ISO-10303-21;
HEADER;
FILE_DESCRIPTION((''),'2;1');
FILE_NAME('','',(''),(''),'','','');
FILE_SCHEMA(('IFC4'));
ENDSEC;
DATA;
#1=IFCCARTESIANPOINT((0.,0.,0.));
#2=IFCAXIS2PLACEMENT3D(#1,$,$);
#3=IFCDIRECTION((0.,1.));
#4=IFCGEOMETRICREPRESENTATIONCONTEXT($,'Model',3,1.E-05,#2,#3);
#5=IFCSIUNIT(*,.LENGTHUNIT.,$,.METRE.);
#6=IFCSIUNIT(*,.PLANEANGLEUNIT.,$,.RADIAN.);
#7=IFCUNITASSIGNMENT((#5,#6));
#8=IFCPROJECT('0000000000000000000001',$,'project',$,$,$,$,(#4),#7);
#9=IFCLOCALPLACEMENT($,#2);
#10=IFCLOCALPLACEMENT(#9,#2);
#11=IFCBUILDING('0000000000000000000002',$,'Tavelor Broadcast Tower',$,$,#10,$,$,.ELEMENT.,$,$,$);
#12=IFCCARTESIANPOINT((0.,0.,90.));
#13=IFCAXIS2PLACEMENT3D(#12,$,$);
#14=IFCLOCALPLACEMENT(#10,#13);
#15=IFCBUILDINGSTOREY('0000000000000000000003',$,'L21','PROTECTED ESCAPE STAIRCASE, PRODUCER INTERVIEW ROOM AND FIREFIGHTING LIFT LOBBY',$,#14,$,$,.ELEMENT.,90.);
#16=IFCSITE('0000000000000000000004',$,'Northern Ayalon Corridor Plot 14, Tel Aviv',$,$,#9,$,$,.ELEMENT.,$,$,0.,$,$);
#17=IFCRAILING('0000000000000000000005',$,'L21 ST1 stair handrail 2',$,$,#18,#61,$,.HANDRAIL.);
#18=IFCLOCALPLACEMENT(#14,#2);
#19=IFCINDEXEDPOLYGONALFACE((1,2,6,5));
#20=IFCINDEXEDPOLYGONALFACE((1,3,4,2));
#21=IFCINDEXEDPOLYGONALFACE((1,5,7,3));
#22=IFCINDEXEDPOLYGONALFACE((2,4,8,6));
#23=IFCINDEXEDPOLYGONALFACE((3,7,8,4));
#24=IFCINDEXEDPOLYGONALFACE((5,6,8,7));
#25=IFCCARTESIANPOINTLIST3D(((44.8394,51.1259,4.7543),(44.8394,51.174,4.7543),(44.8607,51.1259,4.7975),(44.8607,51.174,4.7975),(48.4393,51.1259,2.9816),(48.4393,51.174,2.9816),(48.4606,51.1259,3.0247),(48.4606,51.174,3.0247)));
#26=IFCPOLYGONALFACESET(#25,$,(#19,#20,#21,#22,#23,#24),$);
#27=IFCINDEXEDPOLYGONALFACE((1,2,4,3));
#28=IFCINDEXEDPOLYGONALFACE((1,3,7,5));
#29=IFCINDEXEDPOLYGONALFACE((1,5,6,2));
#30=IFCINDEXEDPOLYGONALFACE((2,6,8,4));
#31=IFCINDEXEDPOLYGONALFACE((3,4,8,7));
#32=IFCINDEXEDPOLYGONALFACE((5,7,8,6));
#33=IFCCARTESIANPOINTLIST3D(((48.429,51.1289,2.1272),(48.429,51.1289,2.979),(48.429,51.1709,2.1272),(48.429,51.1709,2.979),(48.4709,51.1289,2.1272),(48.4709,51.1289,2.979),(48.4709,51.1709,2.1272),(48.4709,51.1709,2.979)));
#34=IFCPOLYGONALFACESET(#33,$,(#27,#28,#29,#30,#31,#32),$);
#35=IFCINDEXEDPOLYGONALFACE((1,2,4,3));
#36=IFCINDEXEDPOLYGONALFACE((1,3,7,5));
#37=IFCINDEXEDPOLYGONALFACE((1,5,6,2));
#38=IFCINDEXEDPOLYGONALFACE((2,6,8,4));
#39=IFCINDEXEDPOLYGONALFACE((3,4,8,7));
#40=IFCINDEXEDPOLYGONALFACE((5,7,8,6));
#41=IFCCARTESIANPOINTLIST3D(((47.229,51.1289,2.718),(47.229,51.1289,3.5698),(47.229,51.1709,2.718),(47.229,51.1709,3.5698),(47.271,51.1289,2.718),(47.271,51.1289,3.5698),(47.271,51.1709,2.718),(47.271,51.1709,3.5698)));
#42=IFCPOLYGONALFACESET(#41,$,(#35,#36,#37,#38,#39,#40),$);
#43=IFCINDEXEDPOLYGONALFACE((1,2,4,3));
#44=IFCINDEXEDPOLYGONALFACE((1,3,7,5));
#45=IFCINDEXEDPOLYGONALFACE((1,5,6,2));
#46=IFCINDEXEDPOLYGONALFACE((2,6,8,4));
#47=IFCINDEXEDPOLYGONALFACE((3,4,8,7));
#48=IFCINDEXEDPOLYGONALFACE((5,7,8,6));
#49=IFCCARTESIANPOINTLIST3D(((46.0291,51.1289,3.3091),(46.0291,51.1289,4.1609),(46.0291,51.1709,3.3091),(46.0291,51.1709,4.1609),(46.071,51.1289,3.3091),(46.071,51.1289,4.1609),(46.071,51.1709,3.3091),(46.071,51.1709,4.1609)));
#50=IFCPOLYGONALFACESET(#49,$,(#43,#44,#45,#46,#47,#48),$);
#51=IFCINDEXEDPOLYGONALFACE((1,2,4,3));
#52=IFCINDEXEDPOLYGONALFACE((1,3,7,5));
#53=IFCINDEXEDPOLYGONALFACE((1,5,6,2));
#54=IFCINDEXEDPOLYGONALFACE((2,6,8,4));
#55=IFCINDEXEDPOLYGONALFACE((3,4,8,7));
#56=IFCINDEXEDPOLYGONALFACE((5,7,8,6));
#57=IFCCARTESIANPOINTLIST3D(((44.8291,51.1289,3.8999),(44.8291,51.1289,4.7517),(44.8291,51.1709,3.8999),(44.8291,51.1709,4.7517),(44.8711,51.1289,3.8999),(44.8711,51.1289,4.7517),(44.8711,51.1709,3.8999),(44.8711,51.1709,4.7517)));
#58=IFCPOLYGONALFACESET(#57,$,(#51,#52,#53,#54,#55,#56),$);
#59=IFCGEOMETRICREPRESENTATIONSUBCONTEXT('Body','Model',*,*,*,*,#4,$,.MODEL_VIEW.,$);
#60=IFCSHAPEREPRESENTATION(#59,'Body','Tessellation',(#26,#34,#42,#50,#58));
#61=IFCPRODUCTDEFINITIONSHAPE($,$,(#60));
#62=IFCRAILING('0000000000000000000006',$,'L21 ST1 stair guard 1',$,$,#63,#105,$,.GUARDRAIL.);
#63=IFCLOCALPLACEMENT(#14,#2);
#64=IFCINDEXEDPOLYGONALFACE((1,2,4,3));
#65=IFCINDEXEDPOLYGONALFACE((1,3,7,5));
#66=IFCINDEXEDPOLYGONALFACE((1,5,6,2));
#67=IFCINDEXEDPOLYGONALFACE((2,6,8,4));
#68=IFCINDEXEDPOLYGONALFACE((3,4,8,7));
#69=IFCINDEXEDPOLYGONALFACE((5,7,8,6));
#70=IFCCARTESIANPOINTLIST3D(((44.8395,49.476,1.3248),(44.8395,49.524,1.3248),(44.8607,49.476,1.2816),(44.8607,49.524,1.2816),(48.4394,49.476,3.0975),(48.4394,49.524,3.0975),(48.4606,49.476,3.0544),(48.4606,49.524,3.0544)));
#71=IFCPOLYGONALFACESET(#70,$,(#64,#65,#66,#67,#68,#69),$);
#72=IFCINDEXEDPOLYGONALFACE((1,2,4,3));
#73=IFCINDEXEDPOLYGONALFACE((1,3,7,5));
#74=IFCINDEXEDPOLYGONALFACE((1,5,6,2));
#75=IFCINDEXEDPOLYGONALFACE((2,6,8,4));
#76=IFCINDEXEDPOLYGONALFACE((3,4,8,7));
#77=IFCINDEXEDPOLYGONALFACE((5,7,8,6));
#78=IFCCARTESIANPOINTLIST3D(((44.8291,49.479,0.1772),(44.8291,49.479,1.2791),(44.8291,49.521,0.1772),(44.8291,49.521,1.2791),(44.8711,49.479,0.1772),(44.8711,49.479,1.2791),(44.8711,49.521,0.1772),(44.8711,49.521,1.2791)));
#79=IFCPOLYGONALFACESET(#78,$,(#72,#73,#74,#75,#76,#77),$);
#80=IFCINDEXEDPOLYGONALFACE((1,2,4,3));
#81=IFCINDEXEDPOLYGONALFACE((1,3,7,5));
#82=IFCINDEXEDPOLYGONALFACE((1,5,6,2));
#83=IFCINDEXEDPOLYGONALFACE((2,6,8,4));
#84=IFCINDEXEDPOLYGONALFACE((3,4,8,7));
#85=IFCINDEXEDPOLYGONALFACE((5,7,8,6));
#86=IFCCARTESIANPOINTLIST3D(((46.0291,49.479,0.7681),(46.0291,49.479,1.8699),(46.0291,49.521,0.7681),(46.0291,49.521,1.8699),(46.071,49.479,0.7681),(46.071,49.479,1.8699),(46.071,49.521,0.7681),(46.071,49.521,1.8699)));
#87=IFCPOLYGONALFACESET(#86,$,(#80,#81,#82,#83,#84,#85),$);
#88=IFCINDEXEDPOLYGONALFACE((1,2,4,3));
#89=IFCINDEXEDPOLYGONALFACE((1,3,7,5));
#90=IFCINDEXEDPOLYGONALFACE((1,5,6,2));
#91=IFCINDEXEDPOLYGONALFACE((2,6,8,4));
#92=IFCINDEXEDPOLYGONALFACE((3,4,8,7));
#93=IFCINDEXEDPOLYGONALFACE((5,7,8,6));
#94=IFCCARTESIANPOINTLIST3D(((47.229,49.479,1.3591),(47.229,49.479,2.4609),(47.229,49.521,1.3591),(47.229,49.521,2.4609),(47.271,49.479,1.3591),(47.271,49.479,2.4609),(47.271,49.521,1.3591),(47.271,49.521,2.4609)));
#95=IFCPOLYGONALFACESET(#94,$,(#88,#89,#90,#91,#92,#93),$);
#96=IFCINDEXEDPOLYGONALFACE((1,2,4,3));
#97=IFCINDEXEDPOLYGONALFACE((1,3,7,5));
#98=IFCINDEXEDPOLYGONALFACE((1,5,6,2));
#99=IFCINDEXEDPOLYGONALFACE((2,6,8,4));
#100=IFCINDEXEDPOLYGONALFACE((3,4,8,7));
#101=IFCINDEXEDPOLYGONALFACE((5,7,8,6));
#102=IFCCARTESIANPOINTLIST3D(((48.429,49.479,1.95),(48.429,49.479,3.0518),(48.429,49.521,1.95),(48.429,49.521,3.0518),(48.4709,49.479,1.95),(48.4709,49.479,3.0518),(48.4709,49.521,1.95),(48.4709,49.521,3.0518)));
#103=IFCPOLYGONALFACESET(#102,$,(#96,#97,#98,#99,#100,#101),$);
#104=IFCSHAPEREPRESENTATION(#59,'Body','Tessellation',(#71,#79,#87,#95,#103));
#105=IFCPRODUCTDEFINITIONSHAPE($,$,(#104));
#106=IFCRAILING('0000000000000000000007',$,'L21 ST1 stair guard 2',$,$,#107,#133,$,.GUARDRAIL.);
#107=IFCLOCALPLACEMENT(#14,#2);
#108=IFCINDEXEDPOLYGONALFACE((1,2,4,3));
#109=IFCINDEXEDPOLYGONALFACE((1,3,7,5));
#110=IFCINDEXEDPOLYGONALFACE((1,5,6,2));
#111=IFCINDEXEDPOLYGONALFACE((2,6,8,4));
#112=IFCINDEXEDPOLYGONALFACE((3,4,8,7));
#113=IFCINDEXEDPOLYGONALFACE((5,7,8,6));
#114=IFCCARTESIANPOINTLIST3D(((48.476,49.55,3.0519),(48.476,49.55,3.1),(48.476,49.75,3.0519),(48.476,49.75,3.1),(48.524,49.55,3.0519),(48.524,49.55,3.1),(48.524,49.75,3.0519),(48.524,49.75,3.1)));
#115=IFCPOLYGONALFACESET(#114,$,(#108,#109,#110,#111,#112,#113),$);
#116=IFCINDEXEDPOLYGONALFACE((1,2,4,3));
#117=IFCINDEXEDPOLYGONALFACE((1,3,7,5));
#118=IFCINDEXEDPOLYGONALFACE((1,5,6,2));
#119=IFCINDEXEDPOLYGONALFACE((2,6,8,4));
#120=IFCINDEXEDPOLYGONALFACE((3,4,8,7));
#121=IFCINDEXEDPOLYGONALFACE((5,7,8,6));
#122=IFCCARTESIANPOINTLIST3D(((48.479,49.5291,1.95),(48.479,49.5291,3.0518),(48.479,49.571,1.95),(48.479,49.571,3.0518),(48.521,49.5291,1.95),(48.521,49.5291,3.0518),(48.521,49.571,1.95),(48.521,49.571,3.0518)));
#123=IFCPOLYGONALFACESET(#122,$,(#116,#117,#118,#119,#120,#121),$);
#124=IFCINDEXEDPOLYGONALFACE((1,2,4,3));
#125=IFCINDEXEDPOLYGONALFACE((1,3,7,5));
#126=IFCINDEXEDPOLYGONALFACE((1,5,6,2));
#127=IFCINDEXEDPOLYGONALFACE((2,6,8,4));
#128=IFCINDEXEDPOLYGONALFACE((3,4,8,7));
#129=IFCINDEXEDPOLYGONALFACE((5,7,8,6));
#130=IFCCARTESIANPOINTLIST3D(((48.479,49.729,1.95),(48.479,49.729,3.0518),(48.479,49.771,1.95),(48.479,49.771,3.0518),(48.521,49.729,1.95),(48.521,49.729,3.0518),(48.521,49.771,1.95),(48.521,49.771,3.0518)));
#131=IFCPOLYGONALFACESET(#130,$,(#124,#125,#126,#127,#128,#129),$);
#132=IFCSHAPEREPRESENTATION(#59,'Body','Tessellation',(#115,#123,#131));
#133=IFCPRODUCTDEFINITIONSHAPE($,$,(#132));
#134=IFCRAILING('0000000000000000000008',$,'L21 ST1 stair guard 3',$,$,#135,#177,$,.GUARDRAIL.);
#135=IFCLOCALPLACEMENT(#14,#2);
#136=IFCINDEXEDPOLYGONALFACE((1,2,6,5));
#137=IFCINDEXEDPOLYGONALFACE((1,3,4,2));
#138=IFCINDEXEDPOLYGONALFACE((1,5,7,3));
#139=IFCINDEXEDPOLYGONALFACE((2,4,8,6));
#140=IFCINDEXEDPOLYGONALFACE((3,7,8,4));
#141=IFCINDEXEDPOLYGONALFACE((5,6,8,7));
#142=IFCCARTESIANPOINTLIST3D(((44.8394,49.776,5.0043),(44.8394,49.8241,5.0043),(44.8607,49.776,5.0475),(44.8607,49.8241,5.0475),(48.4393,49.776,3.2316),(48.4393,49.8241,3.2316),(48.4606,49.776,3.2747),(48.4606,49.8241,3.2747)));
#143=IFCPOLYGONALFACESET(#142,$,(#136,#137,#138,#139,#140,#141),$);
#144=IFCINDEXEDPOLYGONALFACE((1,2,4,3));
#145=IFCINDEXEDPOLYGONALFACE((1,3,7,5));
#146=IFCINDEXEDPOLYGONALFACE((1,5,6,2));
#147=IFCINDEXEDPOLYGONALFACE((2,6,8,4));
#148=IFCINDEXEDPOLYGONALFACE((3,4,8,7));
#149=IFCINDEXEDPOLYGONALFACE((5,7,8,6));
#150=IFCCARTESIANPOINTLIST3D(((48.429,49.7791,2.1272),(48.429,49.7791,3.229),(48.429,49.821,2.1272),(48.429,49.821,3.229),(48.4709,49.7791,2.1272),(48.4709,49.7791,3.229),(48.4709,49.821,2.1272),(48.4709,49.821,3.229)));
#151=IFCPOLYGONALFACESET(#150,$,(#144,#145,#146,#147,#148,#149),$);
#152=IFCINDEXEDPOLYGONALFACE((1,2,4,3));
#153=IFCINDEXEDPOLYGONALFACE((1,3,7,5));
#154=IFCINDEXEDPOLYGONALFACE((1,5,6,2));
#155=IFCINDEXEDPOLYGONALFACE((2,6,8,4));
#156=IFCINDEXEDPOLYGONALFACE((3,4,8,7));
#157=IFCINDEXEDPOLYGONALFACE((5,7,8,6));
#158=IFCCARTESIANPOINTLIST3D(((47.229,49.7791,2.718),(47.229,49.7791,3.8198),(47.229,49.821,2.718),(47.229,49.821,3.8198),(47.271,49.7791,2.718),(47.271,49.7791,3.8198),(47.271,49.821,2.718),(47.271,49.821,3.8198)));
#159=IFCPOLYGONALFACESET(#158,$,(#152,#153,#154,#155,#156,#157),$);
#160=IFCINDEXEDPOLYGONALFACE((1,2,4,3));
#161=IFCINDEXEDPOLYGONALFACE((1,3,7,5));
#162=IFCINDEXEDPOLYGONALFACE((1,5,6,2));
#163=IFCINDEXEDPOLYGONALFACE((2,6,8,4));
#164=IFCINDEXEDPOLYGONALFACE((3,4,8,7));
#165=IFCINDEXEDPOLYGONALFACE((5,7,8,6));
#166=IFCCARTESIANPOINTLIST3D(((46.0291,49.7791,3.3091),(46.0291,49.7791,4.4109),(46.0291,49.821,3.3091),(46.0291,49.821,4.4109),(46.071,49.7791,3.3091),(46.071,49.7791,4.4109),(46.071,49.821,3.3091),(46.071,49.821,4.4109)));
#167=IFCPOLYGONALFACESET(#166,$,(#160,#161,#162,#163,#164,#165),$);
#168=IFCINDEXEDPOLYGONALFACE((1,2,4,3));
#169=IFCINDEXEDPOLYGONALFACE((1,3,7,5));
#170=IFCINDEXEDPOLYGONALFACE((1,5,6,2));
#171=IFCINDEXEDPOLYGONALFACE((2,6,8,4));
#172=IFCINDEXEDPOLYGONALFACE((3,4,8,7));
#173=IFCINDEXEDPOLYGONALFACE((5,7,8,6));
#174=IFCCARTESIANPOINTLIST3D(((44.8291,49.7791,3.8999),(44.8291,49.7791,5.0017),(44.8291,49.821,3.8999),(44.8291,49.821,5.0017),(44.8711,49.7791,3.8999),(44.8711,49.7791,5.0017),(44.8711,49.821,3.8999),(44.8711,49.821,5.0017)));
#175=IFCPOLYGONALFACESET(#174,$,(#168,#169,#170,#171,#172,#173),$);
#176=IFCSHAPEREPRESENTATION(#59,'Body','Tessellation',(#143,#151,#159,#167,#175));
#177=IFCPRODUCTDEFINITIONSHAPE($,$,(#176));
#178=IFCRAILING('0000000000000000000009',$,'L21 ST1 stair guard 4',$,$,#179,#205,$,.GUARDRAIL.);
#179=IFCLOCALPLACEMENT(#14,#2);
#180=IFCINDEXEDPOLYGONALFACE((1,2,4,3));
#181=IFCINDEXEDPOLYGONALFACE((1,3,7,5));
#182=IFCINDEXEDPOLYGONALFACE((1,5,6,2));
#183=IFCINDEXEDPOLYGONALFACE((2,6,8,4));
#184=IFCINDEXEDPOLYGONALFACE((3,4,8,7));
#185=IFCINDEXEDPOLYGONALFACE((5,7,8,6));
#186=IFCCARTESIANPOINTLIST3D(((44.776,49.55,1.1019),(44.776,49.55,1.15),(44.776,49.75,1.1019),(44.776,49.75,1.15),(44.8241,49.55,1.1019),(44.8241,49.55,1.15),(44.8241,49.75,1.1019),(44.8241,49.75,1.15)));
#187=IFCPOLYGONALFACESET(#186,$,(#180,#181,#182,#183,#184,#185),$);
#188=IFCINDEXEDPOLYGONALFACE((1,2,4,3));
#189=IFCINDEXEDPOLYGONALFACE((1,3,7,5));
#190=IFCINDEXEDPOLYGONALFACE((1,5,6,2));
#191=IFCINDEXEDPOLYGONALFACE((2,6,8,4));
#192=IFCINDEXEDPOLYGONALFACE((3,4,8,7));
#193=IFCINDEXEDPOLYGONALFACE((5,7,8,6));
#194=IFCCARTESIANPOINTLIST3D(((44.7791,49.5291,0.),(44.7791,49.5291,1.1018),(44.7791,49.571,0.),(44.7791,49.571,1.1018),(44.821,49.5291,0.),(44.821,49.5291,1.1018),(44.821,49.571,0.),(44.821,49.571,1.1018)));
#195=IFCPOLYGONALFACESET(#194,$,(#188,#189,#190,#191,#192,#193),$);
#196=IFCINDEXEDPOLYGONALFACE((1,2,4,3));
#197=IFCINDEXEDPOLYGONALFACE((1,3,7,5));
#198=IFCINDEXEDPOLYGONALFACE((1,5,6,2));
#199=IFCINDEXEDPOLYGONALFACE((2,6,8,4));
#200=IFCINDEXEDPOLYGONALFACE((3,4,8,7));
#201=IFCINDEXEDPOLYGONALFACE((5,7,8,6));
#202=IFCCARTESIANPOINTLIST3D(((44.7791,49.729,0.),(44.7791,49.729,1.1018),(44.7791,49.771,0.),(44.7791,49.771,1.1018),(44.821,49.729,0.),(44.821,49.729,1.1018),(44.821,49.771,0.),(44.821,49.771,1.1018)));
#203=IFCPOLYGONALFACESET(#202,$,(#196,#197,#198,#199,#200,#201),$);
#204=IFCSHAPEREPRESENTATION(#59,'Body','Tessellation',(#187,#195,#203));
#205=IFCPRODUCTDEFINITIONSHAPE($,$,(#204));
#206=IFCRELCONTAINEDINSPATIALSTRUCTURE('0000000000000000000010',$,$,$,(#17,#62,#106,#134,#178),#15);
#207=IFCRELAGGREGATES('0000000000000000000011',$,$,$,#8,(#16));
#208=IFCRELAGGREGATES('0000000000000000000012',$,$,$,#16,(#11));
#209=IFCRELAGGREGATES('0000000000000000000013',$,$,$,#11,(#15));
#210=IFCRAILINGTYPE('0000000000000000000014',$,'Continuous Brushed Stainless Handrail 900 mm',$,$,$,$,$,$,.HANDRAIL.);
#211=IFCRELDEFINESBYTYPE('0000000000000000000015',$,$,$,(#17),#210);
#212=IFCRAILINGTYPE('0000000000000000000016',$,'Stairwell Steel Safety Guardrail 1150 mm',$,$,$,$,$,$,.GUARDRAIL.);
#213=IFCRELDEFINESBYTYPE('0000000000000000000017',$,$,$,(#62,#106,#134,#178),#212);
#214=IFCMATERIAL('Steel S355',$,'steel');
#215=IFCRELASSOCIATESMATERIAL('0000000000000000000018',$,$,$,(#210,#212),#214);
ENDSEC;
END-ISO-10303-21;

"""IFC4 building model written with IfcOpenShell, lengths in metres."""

from ifc_helpers import new_model, si_unit, direction, frame, origin, origin_2d, place, context, subcontext, project, spatial, rectangle, extrude, material, type_object, element, save


model = new_model("IFC4")

# Units and contexts
model_context = context("Model", 3, precision=1e-05, world=origin(), true_north=direction((0.0, 1.0)))
body_context = subcontext(model_context, "Body", "Model", "MODEL_VIEW")
ifc_project = project(units=[si_unit("LENGTHUNIT", "METRE"), si_unit("PLANEANGLEUNIT", "RADIAN")], contexts=[model_context])

# Site, building, storey
site_placement = place(None, origin())
site = spatial("IfcSite", under=ifc_project, at=site_placement, Name="Northern Ayalon Corridor Plot 14, Tel Aviv", CompositionType="ELEMENT", RefElevation=0.0)
building_placement = place(site_placement, origin())
building = spatial("IfcBuilding", under=site, at=building_placement, Name="Tavelor Broadcast Tower", CompositionType="ELEMENT")
storey_placement = place(building_placement, frame((0.0, 0.0, 90.0)))
storey = spatial("IfcBuildingStorey", under=building, at=storey_placement, Name="L21", Description="PROTECTED ESCAPE STAIRCASE, PRODUCER INTERVIEW ROOM AND FIREFIGHTING LIFT LOBBY", CompositionType="ELEMENT", Elevation=90.0)

# Shared definitions
ifc_material_1 = material(Name="Steel S355", Category="steel")

# Railings
railing_type_1 = type_object("IfcRailingType", Name="Continuous Brushed Stainless Handrail 900 mm", PredefinedType="HANDRAIL", material=ifc_material_1)
railing_1_placement = place(storey_placement, frame((48.45, 51.1499, 2.1272)))
element("IfcRailing", 1, at=railing_1_placement, inside=storey, type_object=railing_type_1, Name="L21 ST1 stair handrail 2", PredefinedType="HANDRAIL", context=body_context, shape_type="SweptSolid", body=[
    extrude(rectangle(XDim=0.0481, YDim=0.0481, at=origin_2d()), frame((0.0, 0.0, 0.876), z_axis=(-0.897124, 0.0, 0.441778), x_axis=(0.0, -1.0, 0.0)), (0.0, 0.0, 1.0), 4.0127),
    extrude(rectangle(XDim=0.042, YDim=0.042, at=origin_2d()), origin(), (0.0, 0.0, 1.0), 0.8518),
    extrude(rectangle(XDim=0.042, YDim=0.042, at=origin_2d()), frame((-1.2, 0.0, 0.5908)), (0.0, 0.0, 1.0), 0.8518),
    extrude(rectangle(XDim=0.042, YDim=0.042, at=origin_2d()), frame((-2.3999, 0.0, 1.1819)), (0.0, 0.0, 1.0), 0.8518),
    extrude(rectangle(XDim=0.042, YDim=0.042, at=origin_2d()), frame((-3.5999, 0.0, 1.7727)), (0.0, 0.0, 1.0), 0.8518),
])
railing_type_2 = type_object("IfcRailingType", Name="Stairwell Steel Safety Guardrail 1150 mm", PredefinedType="GUARDRAIL", material=ifc_material_1)
railing_2_placement = place(storey_placement, frame((44.8501, 49.5, 0.1772)))
element("IfcRailing", 2, at=railing_2_placement, inside=storey, type_object=railing_type_2, Name="L21 ST1 stair guard 1", PredefinedType="GUARDRAIL", context=body_context, shape_type="SweptSolid", body=[
    extrude(rectangle(XDim=0.0481, YDim=0.0481, at=origin_2d()), frame((0.0, 0.0, 1.126), z_axis=(0.897124, 0.0, 0.441778), x_axis=(0.0, 1.0, 0.0)), (0.0, 0.0, 1.0), 4.0127),
    extrude(rectangle(XDim=0.042, YDim=0.042, at=origin_2d()), origin(), (0.0, 0.0, 1.0), 1.1018),
    extrude(rectangle(XDim=0.042, YDim=0.042, at=origin_2d()), frame((1.2, 0.0, 0.5908)), (0.0, 0.0, 1.0), 1.1018),
    extrude(rectangle(XDim=0.042, YDim=0.042, at=origin_2d()), frame((2.3999, 0.0, 1.1819)), (0.0, 0.0, 1.0), 1.1018),
    extrude(rectangle(XDim=0.042, YDim=0.042, at=origin_2d()), frame((3.5999, 0.0, 1.7727)), (0.0, 0.0, 1.0), 1.1018),
])
railing_3_placement = place(storey_placement, frame((48.5, 49.55, 1.95)))
element("IfcRailing", 3, at=railing_3_placement, inside=storey, type_object=railing_type_2, Name="L21 ST1 stair guard 2", PredefinedType="GUARDRAIL", context=body_context, shape_type="SweptSolid", body=[
    extrude(rectangle(XDim=0.0481, YDim=0.0481, at=origin_2d()), frame((0.0, 0.0, 1.126), z_axis=(0.0, 1.0, 0.0), x_axis=(-1.0, 0.0, 0.0)), (0.0, 0.0, 1.0), 0.2),
    extrude(rectangle(XDim=0.042, YDim=0.042, at=origin_2d()), origin(), (0.0, 0.0, 1.0), 1.1018),
    extrude(rectangle(XDim=0.042, YDim=0.042, at=origin_2d()), frame((0.0, 0.2, 0.0)), (0.0, 0.0, 1.0), 1.1018),
])
railing_4_placement = place(storey_placement, frame((48.45, 49.8, 2.1272)))
element("IfcRailing", 4, at=railing_4_placement, inside=storey, type_object=railing_type_2, Name="L21 ST1 stair guard 3", PredefinedType="GUARDRAIL", context=body_context, shape_type="SweptSolid", body=[
    extrude(rectangle(XDim=0.0481, YDim=0.0481, at=origin_2d()), frame((0.0, 0.0, 1.126), z_axis=(-0.897124, 0.0, 0.441778), x_axis=(0.0, -1.0, 0.0)), (0.0, 0.0, 1.0), 4.0127),
    extrude(rectangle(XDim=0.042, YDim=0.042, at=origin_2d()), origin(), (0.0, 0.0, 1.0), 1.1018),
    extrude(rectangle(XDim=0.042, YDim=0.042, at=origin_2d()), frame((-1.2, 0.0, 0.5908)), (0.0, 0.0, 1.0), 1.1018),
    extrude(rectangle(XDim=0.042, YDim=0.042, at=origin_2d()), frame((-2.3999, 0.0, 1.1819)), (0.0, 0.0, 1.0), 1.1018),
    extrude(rectangle(XDim=0.042, YDim=0.042, at=origin_2d()), frame((-3.5999, 0.0, 1.7727)), (0.0, 0.0, 1.0), 1.1018),
])
railing_5_placement = place(storey_placement, frame((44.8, 49.55, 0.0)))
element("IfcRailing", 5, at=railing_5_placement, inside=storey, type_object=railing_type_2, Name="L21 ST1 stair guard 4", PredefinedType="GUARDRAIL", context=body_context, shape_type="SweptSolid", body=[
    extrude(rectangle(XDim=0.0481, YDim=0.0481, at=origin_2d()), frame((0.0, 0.0, 1.126), z_axis=(0.0, 1.0, 0.0), x_axis=(-1.0, 0.0, 0.0)), (0.0, 0.0, 1.0), 0.2),
    extrude(rectangle(XDim=0.042, YDim=0.042, at=origin_2d()), origin(), (0.0, 0.0, 1.0), 1.1018),
    extrude(rectangle(XDim=0.042, YDim=0.042, at=origin_2d()), frame((0.0, 0.2, 0.0)), (0.0, 0.0, 1.0), 1.1018),
])

save(model, "model.ifc")
